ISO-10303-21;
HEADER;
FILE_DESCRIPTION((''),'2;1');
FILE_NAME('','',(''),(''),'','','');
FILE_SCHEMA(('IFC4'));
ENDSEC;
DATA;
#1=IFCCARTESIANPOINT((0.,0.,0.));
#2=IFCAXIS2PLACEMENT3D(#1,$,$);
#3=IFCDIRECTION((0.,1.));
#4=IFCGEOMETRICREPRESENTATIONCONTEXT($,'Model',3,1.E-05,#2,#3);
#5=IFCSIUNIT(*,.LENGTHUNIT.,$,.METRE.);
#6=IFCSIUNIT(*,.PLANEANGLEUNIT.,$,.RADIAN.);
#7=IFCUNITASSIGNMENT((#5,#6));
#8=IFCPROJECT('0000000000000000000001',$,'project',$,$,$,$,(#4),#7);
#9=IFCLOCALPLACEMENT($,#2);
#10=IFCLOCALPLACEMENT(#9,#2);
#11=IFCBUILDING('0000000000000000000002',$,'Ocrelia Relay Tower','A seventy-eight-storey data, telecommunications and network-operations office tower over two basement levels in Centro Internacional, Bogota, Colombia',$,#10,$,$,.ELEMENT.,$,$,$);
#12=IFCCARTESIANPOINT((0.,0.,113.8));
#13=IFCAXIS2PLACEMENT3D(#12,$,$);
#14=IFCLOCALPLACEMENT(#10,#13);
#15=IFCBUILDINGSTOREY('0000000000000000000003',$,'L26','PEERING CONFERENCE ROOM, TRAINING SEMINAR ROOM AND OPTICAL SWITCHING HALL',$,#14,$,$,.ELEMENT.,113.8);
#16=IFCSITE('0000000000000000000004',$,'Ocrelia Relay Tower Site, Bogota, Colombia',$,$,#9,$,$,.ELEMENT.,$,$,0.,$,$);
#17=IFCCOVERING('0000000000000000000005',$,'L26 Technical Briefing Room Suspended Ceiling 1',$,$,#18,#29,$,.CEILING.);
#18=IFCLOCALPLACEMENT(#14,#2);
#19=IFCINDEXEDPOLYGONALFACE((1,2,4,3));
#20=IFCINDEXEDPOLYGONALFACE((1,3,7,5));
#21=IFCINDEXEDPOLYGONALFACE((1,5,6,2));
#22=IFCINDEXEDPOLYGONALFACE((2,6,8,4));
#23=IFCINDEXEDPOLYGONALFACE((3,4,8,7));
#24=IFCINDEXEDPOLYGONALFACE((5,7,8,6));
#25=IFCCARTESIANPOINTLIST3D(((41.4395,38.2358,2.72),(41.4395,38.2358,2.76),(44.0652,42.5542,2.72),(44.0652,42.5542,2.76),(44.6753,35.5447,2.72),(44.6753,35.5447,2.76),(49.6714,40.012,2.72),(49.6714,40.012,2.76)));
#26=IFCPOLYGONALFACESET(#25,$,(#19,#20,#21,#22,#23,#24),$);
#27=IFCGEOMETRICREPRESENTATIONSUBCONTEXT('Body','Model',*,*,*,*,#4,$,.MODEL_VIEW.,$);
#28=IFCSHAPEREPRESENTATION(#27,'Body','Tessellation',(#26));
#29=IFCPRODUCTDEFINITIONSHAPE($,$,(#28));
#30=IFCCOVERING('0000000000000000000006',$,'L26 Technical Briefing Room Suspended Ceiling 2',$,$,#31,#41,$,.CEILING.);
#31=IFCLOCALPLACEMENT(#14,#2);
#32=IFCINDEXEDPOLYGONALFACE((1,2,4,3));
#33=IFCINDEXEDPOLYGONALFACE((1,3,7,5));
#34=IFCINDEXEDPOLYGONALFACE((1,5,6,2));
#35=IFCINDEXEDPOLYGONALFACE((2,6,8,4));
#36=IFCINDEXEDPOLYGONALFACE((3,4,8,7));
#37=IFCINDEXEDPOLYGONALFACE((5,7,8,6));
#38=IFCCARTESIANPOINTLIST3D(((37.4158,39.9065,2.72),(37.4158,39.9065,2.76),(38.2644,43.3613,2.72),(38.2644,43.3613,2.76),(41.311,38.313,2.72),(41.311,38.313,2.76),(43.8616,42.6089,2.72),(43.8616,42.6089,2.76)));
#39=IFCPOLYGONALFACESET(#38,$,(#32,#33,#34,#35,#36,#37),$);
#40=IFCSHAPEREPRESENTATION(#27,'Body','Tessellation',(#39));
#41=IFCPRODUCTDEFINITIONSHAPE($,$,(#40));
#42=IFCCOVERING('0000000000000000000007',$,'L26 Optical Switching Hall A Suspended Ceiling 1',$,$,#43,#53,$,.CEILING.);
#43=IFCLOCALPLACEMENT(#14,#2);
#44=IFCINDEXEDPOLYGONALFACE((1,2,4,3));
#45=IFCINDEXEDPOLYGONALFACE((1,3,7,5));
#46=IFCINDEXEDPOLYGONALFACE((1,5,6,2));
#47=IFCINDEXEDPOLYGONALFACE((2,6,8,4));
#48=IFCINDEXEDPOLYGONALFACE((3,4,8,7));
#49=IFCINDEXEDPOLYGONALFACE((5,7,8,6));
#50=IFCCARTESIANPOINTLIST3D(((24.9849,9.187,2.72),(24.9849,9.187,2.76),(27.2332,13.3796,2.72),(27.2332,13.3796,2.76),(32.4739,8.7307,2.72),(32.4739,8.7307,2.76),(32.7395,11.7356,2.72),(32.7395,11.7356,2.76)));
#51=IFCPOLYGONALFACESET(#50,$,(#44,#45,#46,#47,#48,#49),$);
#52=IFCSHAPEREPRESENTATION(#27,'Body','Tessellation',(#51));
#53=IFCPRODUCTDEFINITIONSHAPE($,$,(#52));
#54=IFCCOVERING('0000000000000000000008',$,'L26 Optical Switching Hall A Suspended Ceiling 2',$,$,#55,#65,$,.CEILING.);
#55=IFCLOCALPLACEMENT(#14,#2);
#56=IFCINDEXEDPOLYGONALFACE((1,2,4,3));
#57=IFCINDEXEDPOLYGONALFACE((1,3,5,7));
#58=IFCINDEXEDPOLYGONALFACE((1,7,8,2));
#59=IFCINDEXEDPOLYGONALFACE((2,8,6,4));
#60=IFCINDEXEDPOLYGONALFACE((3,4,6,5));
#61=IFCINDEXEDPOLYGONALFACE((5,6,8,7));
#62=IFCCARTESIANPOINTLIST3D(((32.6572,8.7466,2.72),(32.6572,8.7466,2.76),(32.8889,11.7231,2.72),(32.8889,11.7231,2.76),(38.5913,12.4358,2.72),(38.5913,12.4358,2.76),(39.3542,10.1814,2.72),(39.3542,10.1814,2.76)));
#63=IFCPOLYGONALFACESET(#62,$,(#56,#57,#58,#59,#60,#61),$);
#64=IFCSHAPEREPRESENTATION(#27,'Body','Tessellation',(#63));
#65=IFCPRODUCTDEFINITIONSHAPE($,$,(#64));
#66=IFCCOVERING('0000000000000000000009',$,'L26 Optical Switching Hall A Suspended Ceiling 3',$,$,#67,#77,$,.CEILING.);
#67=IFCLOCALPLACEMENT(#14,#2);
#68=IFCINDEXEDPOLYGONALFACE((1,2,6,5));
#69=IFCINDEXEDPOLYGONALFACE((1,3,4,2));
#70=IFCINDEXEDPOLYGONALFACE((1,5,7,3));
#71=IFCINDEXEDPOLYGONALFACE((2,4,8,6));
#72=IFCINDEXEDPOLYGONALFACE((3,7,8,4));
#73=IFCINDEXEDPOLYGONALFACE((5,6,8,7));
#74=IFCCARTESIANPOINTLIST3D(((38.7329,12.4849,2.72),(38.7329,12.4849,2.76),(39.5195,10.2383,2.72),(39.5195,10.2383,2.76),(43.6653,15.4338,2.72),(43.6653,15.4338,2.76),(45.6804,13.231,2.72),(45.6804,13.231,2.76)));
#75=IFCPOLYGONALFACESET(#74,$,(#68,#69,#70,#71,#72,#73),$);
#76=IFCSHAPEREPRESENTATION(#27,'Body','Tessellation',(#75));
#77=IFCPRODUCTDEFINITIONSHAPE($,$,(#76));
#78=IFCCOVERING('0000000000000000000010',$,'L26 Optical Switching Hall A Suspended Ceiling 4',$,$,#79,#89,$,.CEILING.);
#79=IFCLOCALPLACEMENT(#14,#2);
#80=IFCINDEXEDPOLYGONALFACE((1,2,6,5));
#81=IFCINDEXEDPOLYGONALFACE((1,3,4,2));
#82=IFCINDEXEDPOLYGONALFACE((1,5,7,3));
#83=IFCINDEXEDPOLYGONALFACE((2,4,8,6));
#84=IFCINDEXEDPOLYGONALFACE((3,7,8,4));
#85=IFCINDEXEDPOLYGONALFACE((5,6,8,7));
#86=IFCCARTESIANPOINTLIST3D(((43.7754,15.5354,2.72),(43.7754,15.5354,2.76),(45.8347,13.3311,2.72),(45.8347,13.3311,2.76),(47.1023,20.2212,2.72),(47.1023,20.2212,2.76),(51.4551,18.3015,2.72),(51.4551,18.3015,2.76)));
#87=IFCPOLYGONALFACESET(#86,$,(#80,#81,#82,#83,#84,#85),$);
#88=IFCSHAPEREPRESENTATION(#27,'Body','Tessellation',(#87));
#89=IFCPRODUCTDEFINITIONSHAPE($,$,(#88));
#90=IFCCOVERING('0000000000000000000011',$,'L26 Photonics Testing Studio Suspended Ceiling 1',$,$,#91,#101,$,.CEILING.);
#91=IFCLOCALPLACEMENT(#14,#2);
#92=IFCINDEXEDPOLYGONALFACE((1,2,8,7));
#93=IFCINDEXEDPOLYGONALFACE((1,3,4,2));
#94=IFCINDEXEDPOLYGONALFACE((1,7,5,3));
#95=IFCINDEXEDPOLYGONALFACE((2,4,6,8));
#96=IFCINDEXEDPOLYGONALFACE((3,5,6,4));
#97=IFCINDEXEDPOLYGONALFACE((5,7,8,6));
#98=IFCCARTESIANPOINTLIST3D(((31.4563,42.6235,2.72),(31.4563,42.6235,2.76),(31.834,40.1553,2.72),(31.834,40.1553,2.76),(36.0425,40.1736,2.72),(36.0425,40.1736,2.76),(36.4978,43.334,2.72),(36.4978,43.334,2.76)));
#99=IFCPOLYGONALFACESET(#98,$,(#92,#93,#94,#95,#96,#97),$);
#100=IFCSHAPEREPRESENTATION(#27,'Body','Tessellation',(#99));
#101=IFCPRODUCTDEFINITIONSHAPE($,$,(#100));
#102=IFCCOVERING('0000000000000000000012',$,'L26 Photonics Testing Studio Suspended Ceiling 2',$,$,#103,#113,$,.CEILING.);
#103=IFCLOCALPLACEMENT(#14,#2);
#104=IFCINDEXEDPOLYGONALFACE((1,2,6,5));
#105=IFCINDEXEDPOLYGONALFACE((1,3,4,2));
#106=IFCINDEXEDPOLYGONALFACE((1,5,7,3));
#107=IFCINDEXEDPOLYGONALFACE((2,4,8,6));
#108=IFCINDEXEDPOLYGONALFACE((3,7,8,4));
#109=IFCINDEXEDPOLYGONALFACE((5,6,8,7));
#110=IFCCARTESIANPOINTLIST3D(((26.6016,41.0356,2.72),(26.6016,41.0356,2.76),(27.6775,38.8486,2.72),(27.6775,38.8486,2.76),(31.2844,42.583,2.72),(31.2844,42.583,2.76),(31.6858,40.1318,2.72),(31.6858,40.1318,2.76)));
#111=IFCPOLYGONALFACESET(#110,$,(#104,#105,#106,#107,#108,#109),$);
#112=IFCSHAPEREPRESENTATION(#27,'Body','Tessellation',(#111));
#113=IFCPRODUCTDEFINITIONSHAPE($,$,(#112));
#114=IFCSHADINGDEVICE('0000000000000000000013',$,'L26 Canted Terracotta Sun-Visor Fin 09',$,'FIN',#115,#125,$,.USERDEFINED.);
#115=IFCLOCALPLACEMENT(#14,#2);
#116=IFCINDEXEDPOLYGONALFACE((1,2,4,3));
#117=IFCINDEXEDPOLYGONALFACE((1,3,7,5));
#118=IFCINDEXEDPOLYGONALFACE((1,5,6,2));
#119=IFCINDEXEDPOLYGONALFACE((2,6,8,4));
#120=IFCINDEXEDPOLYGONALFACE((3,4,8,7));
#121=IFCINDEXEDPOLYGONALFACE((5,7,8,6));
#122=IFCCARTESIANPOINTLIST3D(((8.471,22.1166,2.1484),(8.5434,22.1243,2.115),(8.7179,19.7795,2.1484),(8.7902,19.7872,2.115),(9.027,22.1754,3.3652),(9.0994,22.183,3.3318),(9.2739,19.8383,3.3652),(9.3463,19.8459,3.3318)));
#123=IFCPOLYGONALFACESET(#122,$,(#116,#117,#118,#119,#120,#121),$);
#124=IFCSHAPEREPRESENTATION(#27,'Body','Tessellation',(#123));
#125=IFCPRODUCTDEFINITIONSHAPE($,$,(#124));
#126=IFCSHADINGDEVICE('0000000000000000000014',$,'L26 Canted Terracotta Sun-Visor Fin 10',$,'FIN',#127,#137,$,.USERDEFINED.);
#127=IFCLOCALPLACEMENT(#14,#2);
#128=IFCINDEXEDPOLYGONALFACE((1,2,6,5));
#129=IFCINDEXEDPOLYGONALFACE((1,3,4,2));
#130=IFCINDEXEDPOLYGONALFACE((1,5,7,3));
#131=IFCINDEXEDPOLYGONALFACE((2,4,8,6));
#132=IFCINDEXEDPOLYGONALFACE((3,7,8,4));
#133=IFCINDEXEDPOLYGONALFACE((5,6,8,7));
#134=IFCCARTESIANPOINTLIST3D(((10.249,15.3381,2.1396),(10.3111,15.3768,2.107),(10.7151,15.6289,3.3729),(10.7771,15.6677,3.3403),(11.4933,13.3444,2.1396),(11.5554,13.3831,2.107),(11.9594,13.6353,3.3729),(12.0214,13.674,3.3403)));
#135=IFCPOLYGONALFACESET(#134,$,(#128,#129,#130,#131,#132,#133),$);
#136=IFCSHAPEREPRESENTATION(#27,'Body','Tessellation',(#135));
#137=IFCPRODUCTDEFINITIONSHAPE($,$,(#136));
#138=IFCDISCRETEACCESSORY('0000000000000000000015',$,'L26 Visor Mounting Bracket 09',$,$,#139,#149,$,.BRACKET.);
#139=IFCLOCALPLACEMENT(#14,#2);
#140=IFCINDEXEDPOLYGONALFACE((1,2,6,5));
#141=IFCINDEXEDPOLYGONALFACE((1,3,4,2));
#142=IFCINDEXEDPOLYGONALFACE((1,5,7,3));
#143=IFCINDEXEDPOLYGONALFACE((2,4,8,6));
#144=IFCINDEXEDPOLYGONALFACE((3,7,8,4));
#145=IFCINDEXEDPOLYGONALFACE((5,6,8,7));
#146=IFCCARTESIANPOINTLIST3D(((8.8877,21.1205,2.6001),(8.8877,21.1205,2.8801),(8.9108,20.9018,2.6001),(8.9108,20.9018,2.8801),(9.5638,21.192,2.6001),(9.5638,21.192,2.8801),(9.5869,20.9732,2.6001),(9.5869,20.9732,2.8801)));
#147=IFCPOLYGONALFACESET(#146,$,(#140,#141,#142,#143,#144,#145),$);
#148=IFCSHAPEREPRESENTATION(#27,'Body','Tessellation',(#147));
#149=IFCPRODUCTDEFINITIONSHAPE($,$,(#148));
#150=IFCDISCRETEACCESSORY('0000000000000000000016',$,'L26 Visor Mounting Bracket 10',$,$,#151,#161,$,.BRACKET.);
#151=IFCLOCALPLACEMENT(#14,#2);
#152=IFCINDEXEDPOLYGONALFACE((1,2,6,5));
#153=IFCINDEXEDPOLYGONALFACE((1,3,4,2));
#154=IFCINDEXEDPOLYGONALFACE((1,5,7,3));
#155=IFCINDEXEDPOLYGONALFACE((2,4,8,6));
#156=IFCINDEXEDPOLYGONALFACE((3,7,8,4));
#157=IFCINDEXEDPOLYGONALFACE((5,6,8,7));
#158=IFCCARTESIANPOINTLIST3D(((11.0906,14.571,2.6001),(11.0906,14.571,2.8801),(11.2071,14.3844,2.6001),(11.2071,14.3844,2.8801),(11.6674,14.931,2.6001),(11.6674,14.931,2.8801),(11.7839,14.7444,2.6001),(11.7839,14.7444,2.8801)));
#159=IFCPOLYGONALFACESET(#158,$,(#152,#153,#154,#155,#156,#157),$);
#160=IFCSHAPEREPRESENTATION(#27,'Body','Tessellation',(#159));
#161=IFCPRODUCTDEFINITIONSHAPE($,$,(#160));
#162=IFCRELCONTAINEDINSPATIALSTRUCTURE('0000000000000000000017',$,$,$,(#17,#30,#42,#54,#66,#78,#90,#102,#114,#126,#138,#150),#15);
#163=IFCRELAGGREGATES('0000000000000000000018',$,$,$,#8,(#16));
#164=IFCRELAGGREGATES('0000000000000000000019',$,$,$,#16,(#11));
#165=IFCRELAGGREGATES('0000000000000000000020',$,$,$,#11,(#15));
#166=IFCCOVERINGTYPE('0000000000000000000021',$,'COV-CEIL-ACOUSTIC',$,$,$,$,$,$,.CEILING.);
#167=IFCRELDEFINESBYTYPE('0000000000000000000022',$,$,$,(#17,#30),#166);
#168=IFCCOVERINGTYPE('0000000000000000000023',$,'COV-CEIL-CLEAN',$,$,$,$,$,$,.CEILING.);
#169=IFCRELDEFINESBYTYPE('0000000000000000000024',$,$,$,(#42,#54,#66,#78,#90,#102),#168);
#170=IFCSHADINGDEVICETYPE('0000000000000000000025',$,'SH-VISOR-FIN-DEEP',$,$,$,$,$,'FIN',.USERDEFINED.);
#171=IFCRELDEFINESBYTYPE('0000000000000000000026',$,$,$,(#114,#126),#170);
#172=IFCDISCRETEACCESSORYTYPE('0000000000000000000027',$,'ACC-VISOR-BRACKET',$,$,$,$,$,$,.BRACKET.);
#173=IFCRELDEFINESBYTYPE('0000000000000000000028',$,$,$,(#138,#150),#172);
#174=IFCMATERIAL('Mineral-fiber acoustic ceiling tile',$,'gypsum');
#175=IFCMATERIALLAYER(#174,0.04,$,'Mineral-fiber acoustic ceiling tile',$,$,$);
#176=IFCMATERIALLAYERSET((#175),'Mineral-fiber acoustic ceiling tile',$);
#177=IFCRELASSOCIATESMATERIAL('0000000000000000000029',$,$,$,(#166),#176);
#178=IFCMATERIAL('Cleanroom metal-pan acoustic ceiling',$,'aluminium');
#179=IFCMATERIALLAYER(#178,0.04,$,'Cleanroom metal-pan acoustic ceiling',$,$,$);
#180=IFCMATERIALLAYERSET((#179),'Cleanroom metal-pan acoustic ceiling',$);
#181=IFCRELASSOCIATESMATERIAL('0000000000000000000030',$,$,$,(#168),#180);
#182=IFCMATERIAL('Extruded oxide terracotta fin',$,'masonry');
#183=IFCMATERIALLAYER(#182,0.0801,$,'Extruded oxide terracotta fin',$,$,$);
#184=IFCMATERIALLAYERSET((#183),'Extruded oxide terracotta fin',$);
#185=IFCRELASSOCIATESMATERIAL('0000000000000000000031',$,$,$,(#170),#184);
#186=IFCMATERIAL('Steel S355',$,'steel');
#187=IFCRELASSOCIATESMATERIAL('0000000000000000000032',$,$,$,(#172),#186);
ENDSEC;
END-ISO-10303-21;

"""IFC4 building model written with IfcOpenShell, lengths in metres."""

from ifc_helpers import new_model, si_unit, direction, frame, origin, origin_2d, place, context, subcontext, project, spatial, polyline, rectangle, outline, extrude, material, layer, layer_set, type_object, element, save


model = new_model("IFC4")

# Units and contexts
model_context = context("Model", 3, precision=1e-05, world=origin(), true_north=direction((0.0, 1.0)))
body_context = subcontext(model_context, "Body", "Model", "MODEL_VIEW")
ifc_project = project(units=[si_unit("LENGTHUNIT", "METRE"), si_unit("PLANEANGLEUNIT", "RADIAN")], contexts=[model_context])

# Site, building, storey
site_placement = place(None, origin())
site = spatial("IfcSite", under=ifc_project, at=site_placement, Name="Ocrelia Relay Tower Site, Bogota, Colombia", CompositionType="ELEMENT", RefElevation=0.0)
building_placement = place(site_placement, origin())
building = spatial("IfcBuilding", under=site, at=building_placement, Name="Ocrelia Relay Tower", Description="A seventy-eight-storey data, telecommunications and network-operations office tower over two basement levels in Centro Internacional, Bogota, Colombia", CompositionType="ELEMENT")
storey_placement = place(building_placement, frame((0.0, 0.0, 113.8)))
storey = spatial("IfcBuildingStorey", under=building, at=storey_placement, Name="L26", Description="PEERING CONFERENCE ROOM, TRAINING SEMINAR ROOM AND OPTICAL SWITCHING HALL", CompositionType="ELEMENT", Elevation=113.8)

# Coverings
ifc_material_1 = material(Name="Mineral-fiber acoustic ceiling tile", Category="gypsum")
ifc_layer_1 = layer(ifc_material_1, 0.04, Name="Mineral-fiber acoustic ceiling tile")
ifc_layer_set_1 = layer_set([ifc_layer_1], Name="Mineral-fiber acoustic ceiling tile")
covering_type_1 = type_object("IfcCoveringType", Name="COV-CEIL-ACOUSTIC", PredefinedType="CEILING", material=ifc_layer_set_1)
covering_1_placement = place(storey_placement, frame((0.0, 0.0, 2.72)))
element("IfcCovering", 1, at=covering_1_placement, inside=storey, type_object=covering_type_1, Name="L26 Technical Briefing Room Suspended Ceiling 1", PredefinedType="CEILING", context=body_context, shape_type="SweptSolid", body=[
    extrude(outline(polyline([(44.6753, 35.5447), (49.6714, 40.012), (44.0652, 42.5542), (41.4395, 38.2358), (44.6753, 35.5447)])), origin(), (0.0, 0.0, 1.0), 0.04),
])
covering_2_placement = place(storey_placement, frame((0.0, 0.0, 2.72)))
element("IfcCovering", 2, at=covering_2_placement, inside=storey, type_object=covering_type_1, Name="L26 Technical Briefing Room Suspended Ceiling 2", PredefinedType="CEILING", context=body_context, shape_type="SweptSolid", body=[
    extrude(outline(polyline([(41.311, 38.313), (43.8616, 42.6089), (38.2644, 43.3613), (37.4158, 39.9065), (41.311, 38.313)])), origin(), (0.0, 0.0, 1.0), 0.04),
])
ifc_material_2 = material(Name="Cleanroom metal-pan acoustic ceiling", Category="aluminium")
ifc_layer_2 = layer(ifc_material_2, 0.04, Name="Cleanroom metal-pan acoustic ceiling")
ifc_layer_set_2 = layer_set([ifc_layer_2], Name="Cleanroom metal-pan acoustic ceiling")
covering_type_2 = type_object("IfcCoveringType", Name="COV-CEIL-CLEAN", PredefinedType="CEILING", material=ifc_layer_set_2)
covering_3_placement = place(storey_placement, frame((0.0, 0.0, 2.72)))
element("IfcCovering", 3, at=covering_3_placement, inside=storey, type_object=covering_type_2, Name="L26 Optical Switching Hall A Suspended Ceiling 1", PredefinedType="CEILING", context=body_context, shape_type="SweptSolid", body=[
    extrude(outline(polyline([(27.2332, 13.3796), (24.9849, 9.187), (32.4739, 8.7307), (32.7395, 11.7356), (27.2332, 13.3796)])), origin(), (0.0, 0.0, 1.0), 0.04),
])
covering_4_placement = place(storey_placement, frame((0.0, 0.0, 2.72)))
element("IfcCovering", 4, at=covering_4_placement, inside=storey, type_object=covering_type_2, Name="L26 Optical Switching Hall A Suspended Ceiling 2", PredefinedType="CEILING", context=body_context, shape_type="SweptSolid", body=[
    extrude(outline(polyline([(32.8889, 11.7231), (32.6572, 8.7466), (39.3542, 10.1814), (38.5913, 12.4358), (32.8889, 11.7231)])), origin(), (0.0, 0.0, 1.0), 0.04),
])
covering_5_placement = place(storey_placement, frame((0.0, 0.0, 2.72)))
element("IfcCovering", 5, at=covering_5_placement, inside=storey, type_object=covering_type_2, Name="L26 Optical Switching Hall A Suspended Ceiling 3", PredefinedType="CEILING", context=body_context, shape_type="SweptSolid", body=[
    extrude(outline(polyline([(38.7329, 12.4849), (39.5195, 10.2383), (45.6804, 13.231), (43.6653, 15.4338), (38.7329, 12.4849)])), origin(), (0.0, 0.0, 1.0), 0.04),
])
covering_6_placement = place(storey_placement, frame((0.0, 0.0, 2.72)))
element("IfcCovering", 6, at=covering_6_placement, inside=storey, type_object=covering_type_2, Name="L26 Optical Switching Hall A Suspended Ceiling 4", PredefinedType="CEILING", context=body_context, shape_type="SweptSolid", body=[
    extrude(outline(polyline([(43.7754, 15.5354), (45.8347, 13.3311), (51.4551, 18.3015), (47.1023, 20.2212), (43.7754, 15.5354)])), origin(), (0.0, 0.0, 1.0), 0.04),
])
covering_7_placement = place(storey_placement, frame((0.0, 0.0, 2.72)))
element("IfcCovering", 7, at=covering_7_placement, inside=storey, type_object=covering_type_2, Name="L26 Photonics Testing Studio Suspended Ceiling 1", PredefinedType="CEILING", context=body_context, shape_type="SweptSolid", body=[
    extrude(outline(polyline([(36.0425, 40.1736), (36.4978, 43.334), (31.4563, 42.6235), (31.834, 40.1553), (36.0425, 40.1736)])), origin(), (0.0, 0.0, 1.0), 0.04),
])
covering_8_placement = place(storey_placement, frame((0.0, 0.0, 2.72)))
element("IfcCovering", 8, at=covering_8_placement, inside=storey, type_object=covering_type_2, Name="L26 Photonics Testing Studio Suspended Ceiling 2", PredefinedType="CEILING", context=body_context, shape_type="SweptSolid", body=[
    extrude(outline(polyline([(31.6858, 40.1318), (31.2844, 42.583), (26.6016, 41.0356), (27.6775, 38.8486), (31.6858, 40.1318)])), origin(), (0.0, 0.0, 1.0), 0.04),
])

# Shading devices
ifc_material_3 = material(Name="Extruded oxide terracotta fin", Category="masonry")
ifc_layer_3 = layer(ifc_material_3, 0.0801, Name="Extruded oxide terracotta fin")
ifc_layer_set_3 = layer_set([ifc_layer_3], Name="Extruded oxide terracotta fin")
shading_device_type = type_object("IfcShadingDeviceType", Name="SH-VISOR-FIN-DEEP", ElementType="FIN", PredefinedType="USERDEFINED", material=ifc_layer_set_3)
shading_device_1_placement = place(storey_placement, frame((8.9448, 20.9851, 2.7234), z_axis=(-0.903626, -0.095461, 0.41755), x_axis=(0.105058, -0.994466, 0.0)))
element("IfcShadingDevice", 9, at=shading_device_1_placement, inside=storey, type_object=shading_device_type, Name="L26 Canted Terracotta Sun-Visor Fin 09", ObjectType="FIN", PredefinedType="USERDEFINED", context=body_context, shape_type="SweptSolid", body=[
    extrude(rectangle(XDim=2.3501, YDim=1.3391, at=origin_2d()), origin(), (0.0, 0.0, 1.0), 0.0801),
])
shading_device_2_placement = place(storey_placement, frame((11.1663, 14.5254, 2.7236), z_axis=(-0.774928, -0.483656, 0.406896), x_axis=(0.529468, -0.84833, 0.0)))
element("IfcShadingDevice", 10, at=shading_device_2_placement, inside=storey, type_object=shading_device_type, Name="L26 Canted Terracotta Sun-Visor Fin 10", ObjectType="FIN", PredefinedType="USERDEFINED", context=body_context, shape_type="SweptSolid", body=[
    extrude(rectangle(XDim=2.3501, YDim=1.3501, at=origin_2d()), origin(), (0.0, 0.0, 1.0), 0.0801),
])

# Discrete accessories
ifc_material_4 = material(Name="Steel S355", Category="steel")
discrete_accessory_type = type_object("IfcDiscreteAccessoryType", Name="ACC-VISOR-BRACKET", PredefinedType="BRACKET", material=ifc_material_4)
for number, where, z_axis, x_axis, name in (
    (11, (9.2373, 21.0469, 2.6001), (0.0, 0.0, 1.0), (0.105058, -0.994466, 0.0), "L26 Visor Mounting Bracket 09"),
    (12, (11.4373, 14.6577, 2.6001), (0.0, 0.0, 1.0), (0.529468, -0.84833, 0.0), "L26 Visor Mounting Bracket 10"),
):
    element("IfcDiscreteAccessory", number, at=place(storey_placement, frame(where, z_axis=z_axis, x_axis=x_axis)), inside=storey, type_object=discrete_accessory_type, Name=name, PredefinedType="BRACKET", context=body_context, shape_type="SweptSolid", body=[
        extrude(rectangle(XDim=0.22, YDim=0.6799, at=origin_2d()), origin(), (0.0, 0.0, 1.0), 0.28),
    ])

save(model, "model.ifc")
